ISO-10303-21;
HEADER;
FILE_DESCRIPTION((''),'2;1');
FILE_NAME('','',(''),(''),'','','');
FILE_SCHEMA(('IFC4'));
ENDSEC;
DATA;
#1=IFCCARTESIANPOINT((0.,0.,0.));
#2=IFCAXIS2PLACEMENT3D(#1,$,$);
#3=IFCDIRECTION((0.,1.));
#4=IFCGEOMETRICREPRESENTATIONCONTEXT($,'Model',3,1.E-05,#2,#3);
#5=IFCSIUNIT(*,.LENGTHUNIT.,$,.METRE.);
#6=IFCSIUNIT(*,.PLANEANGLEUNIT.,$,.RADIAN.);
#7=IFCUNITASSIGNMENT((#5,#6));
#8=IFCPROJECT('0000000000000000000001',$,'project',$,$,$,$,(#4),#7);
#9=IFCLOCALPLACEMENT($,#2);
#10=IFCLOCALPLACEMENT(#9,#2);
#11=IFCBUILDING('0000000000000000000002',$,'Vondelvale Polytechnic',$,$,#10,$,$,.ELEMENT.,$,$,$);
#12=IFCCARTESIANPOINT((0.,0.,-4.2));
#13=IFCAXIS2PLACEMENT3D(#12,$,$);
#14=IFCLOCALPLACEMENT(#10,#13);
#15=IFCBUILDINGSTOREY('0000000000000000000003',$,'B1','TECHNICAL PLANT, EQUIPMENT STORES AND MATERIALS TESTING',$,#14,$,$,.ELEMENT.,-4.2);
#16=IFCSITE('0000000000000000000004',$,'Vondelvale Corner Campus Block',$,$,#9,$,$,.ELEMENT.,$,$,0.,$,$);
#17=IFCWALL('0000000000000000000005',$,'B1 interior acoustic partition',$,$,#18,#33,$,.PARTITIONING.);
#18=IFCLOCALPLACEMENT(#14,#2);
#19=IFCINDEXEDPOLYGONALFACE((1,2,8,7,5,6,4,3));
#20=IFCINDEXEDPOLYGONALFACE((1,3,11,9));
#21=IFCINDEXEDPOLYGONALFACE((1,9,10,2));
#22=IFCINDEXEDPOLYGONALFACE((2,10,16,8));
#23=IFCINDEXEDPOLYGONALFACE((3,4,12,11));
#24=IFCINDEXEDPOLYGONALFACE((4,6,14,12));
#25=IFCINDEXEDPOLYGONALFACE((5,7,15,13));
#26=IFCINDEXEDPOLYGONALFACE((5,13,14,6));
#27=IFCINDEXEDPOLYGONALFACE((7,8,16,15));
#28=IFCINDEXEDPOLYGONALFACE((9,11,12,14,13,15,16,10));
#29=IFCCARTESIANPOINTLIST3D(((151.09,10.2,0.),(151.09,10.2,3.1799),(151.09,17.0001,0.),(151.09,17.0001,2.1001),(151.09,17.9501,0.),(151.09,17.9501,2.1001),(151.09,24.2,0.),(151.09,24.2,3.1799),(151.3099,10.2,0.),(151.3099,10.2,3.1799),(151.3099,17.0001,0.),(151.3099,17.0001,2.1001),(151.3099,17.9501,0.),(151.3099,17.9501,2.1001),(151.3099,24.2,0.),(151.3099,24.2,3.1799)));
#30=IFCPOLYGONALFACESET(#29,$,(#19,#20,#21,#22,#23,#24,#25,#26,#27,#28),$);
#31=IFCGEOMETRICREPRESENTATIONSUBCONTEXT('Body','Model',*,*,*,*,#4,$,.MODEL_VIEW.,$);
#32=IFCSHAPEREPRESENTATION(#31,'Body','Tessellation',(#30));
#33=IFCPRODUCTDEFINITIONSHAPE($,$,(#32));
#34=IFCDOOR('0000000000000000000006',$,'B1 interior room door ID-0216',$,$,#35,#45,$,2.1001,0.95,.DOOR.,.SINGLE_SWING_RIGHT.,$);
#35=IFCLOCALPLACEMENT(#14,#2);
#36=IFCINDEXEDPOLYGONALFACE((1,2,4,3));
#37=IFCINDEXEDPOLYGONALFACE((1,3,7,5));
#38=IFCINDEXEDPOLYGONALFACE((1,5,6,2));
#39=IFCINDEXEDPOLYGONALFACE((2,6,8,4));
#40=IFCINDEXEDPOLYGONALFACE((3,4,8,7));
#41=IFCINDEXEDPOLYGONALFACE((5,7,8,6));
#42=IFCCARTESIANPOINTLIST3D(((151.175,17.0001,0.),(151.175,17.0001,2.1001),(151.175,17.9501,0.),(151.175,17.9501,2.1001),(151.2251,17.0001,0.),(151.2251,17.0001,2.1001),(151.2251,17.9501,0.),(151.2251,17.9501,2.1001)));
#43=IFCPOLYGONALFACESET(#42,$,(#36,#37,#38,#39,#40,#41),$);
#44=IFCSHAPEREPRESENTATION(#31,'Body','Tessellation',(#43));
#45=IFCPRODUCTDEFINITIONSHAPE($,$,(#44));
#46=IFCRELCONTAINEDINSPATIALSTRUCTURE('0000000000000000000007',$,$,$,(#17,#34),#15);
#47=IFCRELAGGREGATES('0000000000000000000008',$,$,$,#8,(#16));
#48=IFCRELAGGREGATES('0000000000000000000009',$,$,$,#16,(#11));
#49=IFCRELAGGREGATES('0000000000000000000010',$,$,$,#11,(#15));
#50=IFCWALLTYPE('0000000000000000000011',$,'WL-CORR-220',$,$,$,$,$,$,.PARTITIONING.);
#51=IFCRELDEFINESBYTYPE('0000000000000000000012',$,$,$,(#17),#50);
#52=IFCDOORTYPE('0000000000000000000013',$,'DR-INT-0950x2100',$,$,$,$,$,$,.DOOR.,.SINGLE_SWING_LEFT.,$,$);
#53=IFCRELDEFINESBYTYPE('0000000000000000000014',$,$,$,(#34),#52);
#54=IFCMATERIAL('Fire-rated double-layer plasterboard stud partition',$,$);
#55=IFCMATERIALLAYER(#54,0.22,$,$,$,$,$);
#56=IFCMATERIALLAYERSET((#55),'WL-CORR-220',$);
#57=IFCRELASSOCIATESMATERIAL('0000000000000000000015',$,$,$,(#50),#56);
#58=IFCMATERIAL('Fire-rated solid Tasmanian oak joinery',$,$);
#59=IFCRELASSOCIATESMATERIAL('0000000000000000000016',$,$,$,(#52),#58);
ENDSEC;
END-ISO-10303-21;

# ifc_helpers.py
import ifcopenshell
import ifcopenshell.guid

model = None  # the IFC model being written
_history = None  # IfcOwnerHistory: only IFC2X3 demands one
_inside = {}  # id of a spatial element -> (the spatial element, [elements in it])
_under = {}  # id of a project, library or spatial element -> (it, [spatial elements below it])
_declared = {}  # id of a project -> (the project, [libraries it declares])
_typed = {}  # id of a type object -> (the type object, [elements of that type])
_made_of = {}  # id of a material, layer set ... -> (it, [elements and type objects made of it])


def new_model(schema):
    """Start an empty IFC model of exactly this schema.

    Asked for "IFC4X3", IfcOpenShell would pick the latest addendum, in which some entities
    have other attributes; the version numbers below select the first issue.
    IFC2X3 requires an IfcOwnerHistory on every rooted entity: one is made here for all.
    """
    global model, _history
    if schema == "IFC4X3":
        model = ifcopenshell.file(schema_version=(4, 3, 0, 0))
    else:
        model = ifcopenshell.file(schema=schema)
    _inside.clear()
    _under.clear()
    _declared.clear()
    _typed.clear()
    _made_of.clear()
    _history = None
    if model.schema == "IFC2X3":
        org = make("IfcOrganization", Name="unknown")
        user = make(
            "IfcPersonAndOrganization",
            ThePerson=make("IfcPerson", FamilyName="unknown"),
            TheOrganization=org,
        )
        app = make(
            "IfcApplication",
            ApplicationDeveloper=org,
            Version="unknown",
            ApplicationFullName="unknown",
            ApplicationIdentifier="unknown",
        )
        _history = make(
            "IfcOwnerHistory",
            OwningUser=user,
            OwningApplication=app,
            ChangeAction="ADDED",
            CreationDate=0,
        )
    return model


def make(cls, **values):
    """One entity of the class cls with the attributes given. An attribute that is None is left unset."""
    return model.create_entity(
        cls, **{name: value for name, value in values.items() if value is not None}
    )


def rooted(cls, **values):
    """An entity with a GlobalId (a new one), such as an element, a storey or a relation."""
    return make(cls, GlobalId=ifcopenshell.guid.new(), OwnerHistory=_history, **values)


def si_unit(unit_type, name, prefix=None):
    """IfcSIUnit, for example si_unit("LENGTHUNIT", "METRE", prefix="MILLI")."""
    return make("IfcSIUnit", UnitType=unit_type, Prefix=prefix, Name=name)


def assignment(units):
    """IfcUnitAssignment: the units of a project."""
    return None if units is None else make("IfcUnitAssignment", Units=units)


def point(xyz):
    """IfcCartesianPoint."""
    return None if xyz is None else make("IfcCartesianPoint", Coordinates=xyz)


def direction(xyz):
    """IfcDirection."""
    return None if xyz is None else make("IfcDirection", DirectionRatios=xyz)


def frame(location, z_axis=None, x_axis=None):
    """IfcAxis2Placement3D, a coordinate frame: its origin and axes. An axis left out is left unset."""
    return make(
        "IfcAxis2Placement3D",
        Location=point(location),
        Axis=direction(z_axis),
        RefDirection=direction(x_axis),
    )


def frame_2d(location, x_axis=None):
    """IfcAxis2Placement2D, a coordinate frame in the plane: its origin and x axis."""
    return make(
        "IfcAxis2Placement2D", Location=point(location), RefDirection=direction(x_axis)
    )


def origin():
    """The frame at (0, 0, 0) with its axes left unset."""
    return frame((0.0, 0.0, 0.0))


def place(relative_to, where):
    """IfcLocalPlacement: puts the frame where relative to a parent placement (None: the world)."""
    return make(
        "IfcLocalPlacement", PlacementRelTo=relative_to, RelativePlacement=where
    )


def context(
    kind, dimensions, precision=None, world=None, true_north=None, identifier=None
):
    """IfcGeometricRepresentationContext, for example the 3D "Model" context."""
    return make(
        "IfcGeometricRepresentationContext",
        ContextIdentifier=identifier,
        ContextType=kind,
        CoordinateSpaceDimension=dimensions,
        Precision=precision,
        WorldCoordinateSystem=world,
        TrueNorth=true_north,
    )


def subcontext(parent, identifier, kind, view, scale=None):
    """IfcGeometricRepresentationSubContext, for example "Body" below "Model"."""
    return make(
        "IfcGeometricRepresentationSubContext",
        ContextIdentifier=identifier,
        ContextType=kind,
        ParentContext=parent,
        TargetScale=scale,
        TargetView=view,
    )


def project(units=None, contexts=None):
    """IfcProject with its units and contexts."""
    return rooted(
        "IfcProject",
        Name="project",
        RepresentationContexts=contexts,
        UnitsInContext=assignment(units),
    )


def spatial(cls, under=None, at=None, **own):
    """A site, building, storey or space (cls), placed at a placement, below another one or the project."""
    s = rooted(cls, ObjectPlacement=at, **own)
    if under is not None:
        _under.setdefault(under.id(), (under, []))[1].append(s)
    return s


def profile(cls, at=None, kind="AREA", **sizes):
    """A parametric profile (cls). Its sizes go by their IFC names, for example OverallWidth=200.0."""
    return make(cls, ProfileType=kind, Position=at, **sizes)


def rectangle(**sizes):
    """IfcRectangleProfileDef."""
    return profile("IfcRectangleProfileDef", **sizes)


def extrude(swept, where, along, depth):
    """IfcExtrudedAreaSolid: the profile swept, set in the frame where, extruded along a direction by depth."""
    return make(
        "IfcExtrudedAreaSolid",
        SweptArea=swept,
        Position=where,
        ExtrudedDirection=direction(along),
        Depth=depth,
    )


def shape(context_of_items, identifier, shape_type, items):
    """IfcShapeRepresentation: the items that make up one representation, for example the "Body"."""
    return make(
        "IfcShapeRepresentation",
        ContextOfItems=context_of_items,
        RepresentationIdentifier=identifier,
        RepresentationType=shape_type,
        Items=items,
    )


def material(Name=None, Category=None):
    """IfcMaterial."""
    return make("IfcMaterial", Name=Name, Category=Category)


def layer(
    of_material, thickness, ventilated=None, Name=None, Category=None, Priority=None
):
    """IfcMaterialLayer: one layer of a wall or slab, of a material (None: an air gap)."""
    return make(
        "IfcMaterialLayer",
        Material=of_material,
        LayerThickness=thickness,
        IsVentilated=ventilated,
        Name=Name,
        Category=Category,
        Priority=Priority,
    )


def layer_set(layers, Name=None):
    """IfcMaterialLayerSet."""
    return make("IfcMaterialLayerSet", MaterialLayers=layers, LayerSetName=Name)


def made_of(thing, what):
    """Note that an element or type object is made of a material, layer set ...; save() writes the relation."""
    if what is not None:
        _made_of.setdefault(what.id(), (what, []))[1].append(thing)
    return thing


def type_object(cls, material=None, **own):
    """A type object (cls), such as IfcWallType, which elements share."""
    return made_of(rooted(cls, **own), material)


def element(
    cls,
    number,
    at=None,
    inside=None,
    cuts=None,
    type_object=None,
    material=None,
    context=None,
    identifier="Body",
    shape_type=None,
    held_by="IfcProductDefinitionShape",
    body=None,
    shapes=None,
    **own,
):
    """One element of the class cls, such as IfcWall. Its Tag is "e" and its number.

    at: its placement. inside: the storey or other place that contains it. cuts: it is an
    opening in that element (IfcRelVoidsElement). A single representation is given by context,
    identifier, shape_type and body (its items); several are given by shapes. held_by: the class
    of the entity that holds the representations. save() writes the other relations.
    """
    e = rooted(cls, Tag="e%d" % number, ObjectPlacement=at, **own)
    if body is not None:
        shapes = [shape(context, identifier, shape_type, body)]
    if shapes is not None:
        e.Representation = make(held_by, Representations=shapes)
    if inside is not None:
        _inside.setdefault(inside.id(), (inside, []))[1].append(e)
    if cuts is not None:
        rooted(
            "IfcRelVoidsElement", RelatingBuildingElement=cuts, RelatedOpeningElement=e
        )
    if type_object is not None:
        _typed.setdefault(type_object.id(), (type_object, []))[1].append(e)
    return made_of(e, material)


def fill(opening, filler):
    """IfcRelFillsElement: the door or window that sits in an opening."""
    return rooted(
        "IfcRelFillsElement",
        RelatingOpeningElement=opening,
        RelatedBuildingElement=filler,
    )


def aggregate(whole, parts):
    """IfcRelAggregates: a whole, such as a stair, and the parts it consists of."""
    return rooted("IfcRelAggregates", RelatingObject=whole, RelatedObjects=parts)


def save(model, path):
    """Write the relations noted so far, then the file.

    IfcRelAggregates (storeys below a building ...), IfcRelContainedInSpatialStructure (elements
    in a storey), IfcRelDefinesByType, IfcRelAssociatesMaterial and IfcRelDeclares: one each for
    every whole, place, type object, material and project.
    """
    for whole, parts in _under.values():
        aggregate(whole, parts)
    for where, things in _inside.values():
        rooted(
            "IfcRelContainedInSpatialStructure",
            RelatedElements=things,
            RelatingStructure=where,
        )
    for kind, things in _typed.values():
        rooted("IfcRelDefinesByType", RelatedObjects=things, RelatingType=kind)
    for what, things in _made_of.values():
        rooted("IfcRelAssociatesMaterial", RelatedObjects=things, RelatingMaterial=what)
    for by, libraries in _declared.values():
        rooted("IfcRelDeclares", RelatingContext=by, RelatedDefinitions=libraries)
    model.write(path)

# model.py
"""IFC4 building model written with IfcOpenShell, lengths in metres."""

from ifc_helpers import new_model, si_unit, direction, frame, frame_2d, origin, place, context, subcontext, project, spatial, rectangle, extrude, material, layer, layer_set, type_object, element, fill, save


model = new_model("IFC4")

# Units and contexts
model_context = context("Model", 3, precision=1e-05, world=origin(), true_north=direction((0.0, 1.0)))
body_context = subcontext(model_context, "Body", "Model", "MODEL_VIEW")
ifc_project = project(units=[si_unit("LENGTHUNIT", "METRE"), si_unit("PLANEANGLEUNIT", "RADIAN")], contexts=[model_context])

# Site, building, storey
site_placement = place(None, origin())
site = spatial("IfcSite", under=ifc_project, at=site_placement, Name="Vondelvale Corner Campus Block", CompositionType="ELEMENT", RefElevation=0.0)
building_placement = place(site_placement, origin())
building = spatial("IfcBuilding", under=site, at=building_placement, Name="Vondelvale Polytechnic", CompositionType="ELEMENT")
storey_placement = place(building_placement, frame((0.0, 0.0, -4.2)))
storey = spatial("IfcBuildingStorey", under=building, at=storey_placement, Name="B1", Description="TECHNICAL PLANT, EQUIPMENT STORES AND MATERIALS TESTING", CompositionType="ELEMENT", Elevation=-4.2)

# Shared definitions
ifc_material_1 = material(Name="Fire-rated double-layer plasterboard stud partition")
ifc_layer = layer(ifc_material_1, 0.22)
ifc_layer_set = layer_set([ifc_layer], Name="WL-CORR-220")
wall_type = type_object("IfcWallType", Name="WL-CORR-220", PredefinedType="PARTITIONING", material=ifc_layer_set)
ifc_material_2 = material(Name="Fire-rated solid Tasmanian oak joinery")
door_type_1 = type_object("IfcDoorType", Name="DR-INT-0950x2100", OperationType="SINGLE_SWING_LEFT", PredefinedType="DOOR", material=ifc_material_2)

# Wall, opening, door
wall_1_placement = place(storey_placement, frame((151.2, 10.2, 0.0), z_axis=(0.0, 0.0, 1.0), x_axis=(0.0, 1.0, 0.0)))
wall_1 = element("IfcWall", 1, at=wall_1_placement, inside=storey, type_object=wall_type, Name="B1 interior acoustic partition", PredefinedType="PARTITIONING", context=body_context, shape_type="SweptSolid", body=[
    extrude(rectangle(XDim=14.0, YDim=0.22, at=frame_2d((7.0, 0.0))), origin(), (0.0, 0.0, 1.0), 3.1799),
])
opening_1_placement = place(wall_1_placement, frame((6.8, 0.0, 0.0)))
opening_1 = element("IfcOpeningElement", 2, at=opening_1_placement, cuts=wall_1, PredefinedType="OPENING", context=body_context, shape_type="SweptSolid", body=[
    extrude(rectangle(XDim=0.95, YDim=2.1001, at=frame_2d((0.4751, 1.05))), frame((0.0, 0.1199, 0.0), z_axis=(0.0, -1.0, 0.0), x_axis=(1.0, 0.0, 0.0)), (0.0, 0.0, 1.0), 0.24),
])
door_1_placement = place(opening_1_placement, origin())
door_1 = element("IfcDoor", 3, at=door_1_placement, inside=storey, type_object=door_type_1, Name="B1 interior room door ID-0216", OperationType="SINGLE_SWING_RIGHT", OverallHeight=2.1001, OverallWidth=0.95, PredefinedType="DOOR", context=body_context, shape_type="SweptSolid", body=[
    extrude(rectangle(XDim=0.95, YDim=2.1001, at=frame_2d((0.4751, 1.05))), frame((0.0, 0.0249, 0.0), z_axis=(0.0, -1.0, 0.0), x_axis=(1.0, 0.0, 0.0)), (0.0, 0.0, 1.0), 0.05),
])
fill(opening_1, door_1)

save(model, "model.ifc")
